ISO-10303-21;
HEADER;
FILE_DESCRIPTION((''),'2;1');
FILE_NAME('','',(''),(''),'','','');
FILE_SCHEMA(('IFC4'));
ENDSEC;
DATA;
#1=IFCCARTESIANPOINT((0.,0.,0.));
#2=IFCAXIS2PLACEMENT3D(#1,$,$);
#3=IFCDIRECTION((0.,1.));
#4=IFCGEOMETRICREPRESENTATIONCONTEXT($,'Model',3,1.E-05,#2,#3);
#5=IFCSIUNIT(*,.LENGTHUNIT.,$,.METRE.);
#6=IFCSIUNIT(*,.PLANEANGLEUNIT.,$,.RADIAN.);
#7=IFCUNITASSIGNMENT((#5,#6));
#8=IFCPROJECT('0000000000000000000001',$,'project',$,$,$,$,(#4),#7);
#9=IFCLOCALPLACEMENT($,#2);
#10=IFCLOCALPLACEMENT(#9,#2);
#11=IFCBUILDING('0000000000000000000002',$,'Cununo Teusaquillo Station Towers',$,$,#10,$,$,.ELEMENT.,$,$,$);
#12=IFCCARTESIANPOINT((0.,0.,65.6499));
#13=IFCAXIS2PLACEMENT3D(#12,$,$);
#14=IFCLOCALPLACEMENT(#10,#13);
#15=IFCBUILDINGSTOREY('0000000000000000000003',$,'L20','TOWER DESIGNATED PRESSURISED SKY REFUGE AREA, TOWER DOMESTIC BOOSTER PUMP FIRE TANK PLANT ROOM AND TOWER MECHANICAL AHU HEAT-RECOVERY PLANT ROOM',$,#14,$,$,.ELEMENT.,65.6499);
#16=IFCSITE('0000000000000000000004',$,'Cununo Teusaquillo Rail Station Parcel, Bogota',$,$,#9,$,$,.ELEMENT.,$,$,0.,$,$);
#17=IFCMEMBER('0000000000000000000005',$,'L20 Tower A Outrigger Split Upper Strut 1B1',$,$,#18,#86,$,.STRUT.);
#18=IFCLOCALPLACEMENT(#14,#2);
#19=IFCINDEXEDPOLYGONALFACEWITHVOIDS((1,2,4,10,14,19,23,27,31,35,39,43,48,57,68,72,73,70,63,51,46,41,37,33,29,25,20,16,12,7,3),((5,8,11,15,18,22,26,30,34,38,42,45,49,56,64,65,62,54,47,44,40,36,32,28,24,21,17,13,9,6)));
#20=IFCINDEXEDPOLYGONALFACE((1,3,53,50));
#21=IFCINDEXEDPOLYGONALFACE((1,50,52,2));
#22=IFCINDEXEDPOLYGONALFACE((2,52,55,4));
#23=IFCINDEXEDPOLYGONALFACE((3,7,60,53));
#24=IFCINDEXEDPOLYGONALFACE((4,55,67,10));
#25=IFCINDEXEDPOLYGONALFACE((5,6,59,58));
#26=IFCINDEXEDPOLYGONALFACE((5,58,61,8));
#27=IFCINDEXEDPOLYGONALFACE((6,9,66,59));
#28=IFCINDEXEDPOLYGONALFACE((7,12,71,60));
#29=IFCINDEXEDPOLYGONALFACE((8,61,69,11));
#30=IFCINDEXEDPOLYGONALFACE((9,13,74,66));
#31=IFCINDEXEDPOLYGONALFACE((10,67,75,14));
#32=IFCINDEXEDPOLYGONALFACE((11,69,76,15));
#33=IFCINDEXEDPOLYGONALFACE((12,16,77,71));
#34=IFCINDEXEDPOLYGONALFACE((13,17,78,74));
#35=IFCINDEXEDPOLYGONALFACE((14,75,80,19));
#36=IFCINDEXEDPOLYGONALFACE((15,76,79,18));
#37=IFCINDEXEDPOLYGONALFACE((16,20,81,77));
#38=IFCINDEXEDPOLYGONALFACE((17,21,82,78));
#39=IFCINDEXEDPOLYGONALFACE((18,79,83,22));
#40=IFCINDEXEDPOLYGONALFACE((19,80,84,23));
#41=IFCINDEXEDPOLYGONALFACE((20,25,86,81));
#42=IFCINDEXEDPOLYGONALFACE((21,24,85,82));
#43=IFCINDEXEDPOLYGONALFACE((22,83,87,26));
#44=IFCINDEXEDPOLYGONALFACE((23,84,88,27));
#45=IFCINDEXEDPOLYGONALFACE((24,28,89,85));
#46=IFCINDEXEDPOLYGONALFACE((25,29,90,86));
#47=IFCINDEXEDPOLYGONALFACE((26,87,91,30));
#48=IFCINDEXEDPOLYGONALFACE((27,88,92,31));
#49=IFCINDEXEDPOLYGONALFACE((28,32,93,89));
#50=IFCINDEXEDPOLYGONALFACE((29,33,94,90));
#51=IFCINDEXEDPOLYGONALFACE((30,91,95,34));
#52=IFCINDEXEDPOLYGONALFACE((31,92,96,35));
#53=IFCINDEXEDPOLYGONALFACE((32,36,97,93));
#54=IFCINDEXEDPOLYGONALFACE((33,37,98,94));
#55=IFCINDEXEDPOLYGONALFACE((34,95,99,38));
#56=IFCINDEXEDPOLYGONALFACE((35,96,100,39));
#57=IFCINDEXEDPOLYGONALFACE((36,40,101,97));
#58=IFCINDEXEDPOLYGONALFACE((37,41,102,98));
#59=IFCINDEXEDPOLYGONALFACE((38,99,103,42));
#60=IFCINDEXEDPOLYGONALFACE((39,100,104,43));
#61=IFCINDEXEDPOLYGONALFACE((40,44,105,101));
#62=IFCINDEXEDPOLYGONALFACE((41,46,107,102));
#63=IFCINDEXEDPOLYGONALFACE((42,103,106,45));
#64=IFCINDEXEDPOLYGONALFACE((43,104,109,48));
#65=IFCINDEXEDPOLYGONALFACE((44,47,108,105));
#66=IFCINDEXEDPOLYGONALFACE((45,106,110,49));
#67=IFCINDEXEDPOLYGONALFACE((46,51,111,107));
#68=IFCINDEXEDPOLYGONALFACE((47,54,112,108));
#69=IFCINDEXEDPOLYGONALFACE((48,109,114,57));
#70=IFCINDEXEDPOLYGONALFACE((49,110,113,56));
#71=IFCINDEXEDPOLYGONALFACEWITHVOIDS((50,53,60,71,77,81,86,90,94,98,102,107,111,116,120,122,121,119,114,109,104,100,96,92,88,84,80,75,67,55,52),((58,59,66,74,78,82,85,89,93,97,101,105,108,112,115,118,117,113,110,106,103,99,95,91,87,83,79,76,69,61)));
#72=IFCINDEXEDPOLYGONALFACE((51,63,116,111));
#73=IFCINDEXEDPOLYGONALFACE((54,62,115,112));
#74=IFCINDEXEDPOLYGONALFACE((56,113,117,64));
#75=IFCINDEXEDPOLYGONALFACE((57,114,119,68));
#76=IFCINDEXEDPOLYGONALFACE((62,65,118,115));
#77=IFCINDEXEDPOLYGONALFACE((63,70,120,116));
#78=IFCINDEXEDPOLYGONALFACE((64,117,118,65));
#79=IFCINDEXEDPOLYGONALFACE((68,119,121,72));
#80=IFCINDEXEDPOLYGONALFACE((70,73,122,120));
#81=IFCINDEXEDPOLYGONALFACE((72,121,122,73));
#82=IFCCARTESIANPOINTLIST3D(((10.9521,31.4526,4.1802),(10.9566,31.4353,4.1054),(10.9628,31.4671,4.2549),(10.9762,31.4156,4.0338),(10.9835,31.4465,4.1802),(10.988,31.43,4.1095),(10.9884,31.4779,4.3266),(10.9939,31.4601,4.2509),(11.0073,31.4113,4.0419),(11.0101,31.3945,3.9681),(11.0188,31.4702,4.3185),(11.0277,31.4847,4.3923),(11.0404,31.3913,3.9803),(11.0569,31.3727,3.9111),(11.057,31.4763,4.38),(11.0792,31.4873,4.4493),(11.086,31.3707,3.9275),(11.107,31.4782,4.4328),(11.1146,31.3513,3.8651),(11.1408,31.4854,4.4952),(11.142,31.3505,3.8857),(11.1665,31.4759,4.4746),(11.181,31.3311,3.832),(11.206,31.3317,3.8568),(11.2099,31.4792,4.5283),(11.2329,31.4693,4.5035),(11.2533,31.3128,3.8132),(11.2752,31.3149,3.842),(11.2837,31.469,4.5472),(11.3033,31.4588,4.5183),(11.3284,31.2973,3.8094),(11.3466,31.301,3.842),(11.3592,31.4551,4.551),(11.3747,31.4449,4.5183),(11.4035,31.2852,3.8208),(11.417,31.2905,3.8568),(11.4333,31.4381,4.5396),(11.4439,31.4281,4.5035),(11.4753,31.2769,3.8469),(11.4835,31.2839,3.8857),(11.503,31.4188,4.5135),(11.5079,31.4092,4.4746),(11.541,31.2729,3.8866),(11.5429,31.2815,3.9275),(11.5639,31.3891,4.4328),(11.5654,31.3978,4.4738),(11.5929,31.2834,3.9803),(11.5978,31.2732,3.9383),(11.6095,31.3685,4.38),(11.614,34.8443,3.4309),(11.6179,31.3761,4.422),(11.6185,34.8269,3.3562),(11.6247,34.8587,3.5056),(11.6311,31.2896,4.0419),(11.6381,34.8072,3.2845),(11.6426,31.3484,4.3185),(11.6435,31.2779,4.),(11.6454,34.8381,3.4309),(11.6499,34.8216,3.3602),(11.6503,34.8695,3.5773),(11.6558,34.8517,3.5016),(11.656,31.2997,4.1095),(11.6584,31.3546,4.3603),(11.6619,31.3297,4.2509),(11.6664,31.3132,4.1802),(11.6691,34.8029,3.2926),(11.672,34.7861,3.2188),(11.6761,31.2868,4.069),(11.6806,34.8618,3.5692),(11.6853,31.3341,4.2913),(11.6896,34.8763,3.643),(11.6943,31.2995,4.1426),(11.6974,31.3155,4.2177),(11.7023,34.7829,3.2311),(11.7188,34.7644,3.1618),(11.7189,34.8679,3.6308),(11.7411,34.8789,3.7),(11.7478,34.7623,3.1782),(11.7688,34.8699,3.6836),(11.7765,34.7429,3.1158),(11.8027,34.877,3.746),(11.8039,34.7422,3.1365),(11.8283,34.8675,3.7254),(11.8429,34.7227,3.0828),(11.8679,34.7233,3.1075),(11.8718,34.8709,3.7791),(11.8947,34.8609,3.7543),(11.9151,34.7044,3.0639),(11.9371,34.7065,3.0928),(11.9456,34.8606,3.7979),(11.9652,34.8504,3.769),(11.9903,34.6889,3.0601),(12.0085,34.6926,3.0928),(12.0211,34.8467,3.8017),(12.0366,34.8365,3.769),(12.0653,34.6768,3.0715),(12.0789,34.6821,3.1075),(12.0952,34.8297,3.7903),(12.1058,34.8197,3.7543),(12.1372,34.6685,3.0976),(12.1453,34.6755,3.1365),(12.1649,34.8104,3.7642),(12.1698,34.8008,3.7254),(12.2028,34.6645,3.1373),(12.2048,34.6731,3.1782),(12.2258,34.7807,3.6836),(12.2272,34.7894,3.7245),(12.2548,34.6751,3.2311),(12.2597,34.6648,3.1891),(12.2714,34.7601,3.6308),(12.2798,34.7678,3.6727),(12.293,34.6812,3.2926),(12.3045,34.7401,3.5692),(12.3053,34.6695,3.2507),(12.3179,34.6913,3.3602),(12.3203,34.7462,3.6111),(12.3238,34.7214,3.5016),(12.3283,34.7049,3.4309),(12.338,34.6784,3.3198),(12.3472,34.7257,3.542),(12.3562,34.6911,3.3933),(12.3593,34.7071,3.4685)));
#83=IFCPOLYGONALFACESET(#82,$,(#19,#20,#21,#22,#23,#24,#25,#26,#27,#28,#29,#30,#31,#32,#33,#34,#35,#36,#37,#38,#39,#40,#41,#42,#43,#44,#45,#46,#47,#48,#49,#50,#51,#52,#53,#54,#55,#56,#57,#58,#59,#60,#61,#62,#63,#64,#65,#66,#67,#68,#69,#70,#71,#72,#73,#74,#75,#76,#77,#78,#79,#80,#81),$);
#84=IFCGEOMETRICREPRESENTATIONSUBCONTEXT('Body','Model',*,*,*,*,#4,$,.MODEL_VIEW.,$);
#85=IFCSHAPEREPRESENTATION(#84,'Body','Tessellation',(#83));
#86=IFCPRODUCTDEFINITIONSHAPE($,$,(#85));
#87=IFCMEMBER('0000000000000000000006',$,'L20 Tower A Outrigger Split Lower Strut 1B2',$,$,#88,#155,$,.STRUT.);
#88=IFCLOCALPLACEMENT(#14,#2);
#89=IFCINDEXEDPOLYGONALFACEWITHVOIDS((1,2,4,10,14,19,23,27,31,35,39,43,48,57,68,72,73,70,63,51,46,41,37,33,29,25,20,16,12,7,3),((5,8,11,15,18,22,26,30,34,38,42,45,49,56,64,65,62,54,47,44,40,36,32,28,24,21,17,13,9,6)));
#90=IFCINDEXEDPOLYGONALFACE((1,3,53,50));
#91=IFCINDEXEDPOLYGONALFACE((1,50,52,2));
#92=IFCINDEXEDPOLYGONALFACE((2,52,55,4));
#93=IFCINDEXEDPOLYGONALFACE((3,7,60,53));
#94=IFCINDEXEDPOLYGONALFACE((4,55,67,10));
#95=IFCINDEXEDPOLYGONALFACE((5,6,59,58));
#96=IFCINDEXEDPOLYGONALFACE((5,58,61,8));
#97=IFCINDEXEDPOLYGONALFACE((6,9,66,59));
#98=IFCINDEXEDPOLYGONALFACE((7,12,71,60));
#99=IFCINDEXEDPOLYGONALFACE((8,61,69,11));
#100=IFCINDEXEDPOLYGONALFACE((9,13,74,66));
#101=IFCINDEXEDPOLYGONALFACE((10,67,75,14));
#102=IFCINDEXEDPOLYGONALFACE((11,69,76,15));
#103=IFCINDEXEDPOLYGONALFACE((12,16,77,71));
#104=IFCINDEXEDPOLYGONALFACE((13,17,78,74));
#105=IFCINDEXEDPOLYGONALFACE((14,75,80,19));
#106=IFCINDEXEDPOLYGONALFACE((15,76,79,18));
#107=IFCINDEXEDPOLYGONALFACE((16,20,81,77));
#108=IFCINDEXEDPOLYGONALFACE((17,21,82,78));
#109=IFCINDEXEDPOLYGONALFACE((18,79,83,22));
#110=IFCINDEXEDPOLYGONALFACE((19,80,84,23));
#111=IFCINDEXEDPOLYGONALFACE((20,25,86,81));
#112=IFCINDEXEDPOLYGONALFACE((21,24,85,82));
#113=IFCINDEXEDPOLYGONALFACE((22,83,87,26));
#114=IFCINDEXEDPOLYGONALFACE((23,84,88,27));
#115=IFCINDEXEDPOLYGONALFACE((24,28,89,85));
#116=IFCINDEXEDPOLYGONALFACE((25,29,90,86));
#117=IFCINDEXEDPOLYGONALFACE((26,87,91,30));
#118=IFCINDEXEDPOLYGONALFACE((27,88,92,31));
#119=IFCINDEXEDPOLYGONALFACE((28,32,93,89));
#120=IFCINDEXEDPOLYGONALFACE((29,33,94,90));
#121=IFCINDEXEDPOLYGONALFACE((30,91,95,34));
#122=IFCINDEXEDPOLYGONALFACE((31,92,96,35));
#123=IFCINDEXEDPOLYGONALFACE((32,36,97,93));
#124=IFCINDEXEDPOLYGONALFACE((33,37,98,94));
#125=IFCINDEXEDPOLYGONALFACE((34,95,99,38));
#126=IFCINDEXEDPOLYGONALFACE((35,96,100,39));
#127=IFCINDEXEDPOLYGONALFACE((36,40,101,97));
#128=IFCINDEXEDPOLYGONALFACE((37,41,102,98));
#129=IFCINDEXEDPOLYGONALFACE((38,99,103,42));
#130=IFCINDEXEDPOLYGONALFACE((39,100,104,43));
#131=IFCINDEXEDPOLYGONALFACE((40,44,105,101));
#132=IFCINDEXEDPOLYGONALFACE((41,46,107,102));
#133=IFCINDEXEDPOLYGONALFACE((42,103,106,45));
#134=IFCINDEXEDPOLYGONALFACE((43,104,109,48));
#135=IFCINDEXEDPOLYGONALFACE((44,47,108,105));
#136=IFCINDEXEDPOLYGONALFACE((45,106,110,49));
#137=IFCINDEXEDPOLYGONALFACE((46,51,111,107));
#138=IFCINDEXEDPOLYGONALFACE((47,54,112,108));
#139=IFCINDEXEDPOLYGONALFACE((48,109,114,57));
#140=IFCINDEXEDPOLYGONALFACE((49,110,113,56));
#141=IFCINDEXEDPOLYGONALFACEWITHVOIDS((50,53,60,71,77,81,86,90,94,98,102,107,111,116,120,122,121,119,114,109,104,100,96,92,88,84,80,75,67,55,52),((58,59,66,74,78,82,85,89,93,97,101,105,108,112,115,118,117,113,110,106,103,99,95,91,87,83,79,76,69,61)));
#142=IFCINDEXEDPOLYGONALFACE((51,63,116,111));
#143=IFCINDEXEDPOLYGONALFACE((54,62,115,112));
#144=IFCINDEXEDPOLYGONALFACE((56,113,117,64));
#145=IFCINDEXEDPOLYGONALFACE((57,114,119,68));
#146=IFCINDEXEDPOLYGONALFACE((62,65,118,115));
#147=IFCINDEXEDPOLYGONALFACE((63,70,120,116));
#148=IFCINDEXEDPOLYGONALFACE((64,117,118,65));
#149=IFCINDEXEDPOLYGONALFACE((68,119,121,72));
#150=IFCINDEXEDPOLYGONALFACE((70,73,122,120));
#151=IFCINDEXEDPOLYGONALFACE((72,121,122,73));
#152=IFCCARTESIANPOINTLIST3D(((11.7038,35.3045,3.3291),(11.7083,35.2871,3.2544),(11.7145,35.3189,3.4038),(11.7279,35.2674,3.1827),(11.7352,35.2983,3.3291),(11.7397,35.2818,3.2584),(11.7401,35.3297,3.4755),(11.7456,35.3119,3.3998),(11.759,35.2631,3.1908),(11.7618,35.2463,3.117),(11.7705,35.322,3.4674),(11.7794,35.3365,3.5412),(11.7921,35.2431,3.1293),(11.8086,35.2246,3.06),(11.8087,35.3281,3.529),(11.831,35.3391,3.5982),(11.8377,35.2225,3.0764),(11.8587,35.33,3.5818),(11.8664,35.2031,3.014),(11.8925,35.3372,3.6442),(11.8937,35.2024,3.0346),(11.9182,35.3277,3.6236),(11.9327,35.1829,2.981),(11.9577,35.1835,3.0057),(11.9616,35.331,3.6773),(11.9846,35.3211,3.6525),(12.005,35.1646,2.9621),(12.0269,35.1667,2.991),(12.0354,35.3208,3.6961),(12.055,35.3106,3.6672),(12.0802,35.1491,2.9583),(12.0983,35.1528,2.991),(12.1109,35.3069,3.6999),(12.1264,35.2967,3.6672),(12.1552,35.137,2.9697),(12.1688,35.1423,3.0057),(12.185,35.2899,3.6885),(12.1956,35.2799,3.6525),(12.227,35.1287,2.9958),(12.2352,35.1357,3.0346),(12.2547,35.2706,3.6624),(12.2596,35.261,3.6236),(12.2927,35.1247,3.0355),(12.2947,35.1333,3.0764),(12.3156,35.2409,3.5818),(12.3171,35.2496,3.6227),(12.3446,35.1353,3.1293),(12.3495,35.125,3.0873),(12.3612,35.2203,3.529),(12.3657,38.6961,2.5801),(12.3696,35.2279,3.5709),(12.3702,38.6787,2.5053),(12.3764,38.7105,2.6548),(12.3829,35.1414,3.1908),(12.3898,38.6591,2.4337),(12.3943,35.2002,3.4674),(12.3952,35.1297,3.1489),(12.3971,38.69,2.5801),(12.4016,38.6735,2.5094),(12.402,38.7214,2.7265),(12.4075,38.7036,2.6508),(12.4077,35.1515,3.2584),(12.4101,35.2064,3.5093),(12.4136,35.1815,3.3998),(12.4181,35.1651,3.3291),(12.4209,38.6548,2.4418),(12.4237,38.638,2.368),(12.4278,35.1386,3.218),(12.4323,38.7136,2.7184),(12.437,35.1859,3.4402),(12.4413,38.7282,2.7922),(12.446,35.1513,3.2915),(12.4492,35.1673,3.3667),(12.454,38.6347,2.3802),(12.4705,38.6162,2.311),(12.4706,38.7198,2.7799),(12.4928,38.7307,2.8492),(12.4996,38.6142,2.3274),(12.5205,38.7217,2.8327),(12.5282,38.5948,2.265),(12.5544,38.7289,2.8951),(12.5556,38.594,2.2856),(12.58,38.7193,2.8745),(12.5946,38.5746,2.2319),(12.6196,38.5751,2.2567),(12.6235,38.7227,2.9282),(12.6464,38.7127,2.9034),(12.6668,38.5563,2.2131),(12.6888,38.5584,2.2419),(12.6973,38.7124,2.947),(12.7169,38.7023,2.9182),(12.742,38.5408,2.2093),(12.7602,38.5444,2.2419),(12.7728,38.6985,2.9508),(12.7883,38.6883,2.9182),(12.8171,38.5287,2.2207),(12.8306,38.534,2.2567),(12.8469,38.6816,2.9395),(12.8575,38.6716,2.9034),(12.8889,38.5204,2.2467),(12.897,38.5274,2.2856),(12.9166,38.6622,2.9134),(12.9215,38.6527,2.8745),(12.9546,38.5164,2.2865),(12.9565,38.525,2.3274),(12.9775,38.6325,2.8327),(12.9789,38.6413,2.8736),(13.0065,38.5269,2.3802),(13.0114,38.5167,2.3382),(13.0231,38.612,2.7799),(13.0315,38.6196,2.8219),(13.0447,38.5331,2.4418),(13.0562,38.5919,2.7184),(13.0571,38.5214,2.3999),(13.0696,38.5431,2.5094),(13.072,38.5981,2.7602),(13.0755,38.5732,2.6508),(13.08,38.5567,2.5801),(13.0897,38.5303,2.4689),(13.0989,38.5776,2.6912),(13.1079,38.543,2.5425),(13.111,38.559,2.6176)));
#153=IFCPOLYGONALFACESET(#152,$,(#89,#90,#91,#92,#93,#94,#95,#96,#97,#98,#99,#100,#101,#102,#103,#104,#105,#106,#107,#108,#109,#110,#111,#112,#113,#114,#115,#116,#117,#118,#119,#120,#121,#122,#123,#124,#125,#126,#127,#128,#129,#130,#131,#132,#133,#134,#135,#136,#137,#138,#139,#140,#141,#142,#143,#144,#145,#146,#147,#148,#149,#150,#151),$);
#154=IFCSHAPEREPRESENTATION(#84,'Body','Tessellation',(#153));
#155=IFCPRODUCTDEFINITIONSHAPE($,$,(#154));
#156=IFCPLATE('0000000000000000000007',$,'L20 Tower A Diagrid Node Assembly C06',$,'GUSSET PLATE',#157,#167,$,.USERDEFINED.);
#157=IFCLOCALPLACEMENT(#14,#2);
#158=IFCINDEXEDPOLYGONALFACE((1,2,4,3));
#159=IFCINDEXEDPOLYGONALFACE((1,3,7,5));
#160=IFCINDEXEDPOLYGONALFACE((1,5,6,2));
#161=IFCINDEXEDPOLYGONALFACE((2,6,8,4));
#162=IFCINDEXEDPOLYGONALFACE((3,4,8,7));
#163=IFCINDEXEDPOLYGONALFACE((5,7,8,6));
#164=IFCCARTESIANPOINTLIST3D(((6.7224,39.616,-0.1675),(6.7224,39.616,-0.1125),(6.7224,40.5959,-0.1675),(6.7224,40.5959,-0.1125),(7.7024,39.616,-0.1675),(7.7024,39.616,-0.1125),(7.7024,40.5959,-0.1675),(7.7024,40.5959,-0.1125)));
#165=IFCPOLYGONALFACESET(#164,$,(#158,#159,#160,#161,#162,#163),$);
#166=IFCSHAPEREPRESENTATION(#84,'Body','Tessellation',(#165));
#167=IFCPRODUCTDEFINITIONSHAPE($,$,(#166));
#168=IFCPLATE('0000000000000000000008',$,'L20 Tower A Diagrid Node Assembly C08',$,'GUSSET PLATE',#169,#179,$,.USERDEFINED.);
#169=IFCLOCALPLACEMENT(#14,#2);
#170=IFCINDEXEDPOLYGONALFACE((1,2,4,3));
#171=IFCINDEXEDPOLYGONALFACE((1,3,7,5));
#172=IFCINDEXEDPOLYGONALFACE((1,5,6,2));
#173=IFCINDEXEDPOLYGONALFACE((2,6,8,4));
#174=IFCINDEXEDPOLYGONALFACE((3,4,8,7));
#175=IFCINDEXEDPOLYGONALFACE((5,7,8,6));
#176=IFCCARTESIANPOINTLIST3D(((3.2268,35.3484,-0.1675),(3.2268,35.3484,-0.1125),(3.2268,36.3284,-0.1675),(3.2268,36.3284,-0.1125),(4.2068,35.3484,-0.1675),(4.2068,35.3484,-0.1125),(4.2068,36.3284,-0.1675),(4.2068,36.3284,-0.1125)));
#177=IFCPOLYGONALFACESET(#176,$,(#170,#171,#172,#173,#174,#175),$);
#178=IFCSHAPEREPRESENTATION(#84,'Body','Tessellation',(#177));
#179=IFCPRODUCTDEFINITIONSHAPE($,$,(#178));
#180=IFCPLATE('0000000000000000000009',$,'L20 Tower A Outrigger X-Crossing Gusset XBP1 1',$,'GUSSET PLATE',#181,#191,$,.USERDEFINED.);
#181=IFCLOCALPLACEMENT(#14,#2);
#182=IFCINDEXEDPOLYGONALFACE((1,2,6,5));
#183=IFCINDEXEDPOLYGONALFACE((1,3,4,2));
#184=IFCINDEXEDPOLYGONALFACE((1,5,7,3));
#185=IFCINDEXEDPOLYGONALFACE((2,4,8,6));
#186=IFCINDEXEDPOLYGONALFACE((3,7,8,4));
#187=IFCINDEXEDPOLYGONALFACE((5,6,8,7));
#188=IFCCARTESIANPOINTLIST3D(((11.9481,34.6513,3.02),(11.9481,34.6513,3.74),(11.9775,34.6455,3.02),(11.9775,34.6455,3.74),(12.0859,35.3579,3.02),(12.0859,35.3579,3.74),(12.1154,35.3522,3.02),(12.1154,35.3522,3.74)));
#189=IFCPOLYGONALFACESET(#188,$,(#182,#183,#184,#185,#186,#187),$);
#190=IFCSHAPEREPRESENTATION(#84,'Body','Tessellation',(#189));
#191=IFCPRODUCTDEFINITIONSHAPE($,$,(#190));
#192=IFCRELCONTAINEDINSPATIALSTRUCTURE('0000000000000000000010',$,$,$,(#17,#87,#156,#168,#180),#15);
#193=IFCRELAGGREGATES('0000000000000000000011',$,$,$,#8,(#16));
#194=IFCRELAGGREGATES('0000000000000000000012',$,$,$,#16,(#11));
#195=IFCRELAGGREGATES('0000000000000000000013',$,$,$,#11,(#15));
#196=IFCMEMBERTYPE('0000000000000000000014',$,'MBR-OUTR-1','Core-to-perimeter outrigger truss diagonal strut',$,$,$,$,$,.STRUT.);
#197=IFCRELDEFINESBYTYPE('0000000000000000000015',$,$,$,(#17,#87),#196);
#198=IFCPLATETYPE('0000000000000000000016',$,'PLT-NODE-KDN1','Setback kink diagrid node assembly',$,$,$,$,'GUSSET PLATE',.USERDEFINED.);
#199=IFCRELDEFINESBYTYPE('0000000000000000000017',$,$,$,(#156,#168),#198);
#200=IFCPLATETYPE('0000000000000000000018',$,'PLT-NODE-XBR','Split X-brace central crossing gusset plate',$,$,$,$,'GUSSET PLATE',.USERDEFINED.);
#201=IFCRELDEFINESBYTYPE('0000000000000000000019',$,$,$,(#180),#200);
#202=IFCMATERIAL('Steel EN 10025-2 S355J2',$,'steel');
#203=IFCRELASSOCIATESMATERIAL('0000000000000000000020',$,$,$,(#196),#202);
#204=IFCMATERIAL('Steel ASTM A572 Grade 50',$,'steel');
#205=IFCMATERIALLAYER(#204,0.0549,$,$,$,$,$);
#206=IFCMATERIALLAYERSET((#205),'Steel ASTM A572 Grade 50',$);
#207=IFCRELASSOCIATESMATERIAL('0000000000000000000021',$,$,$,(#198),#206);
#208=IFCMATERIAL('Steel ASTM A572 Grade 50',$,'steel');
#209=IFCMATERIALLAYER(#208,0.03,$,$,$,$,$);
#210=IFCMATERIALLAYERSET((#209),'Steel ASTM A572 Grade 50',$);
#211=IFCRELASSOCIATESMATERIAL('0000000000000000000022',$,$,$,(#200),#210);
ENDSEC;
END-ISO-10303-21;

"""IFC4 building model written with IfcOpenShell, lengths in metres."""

from ifc_helpers import new_model, si_unit, direction, frame, origin, origin_2d, place, context, subcontext, project, spatial, rectangle, hollow_circle, extrude, source, transform, mapped, material, layer, layer_set, material_profile, profile_set, type_object, element, save


model = new_model("IFC4")

# Units and contexts
model_context = context("Model", 3, precision=1e-05, world=origin(), true_north=direction((0.0, 1.0)))
body_context = subcontext(model_context, "Body", "Model", "MODEL_VIEW")
ifc_project = project(units=[si_unit("LENGTHUNIT", "METRE"), si_unit("PLANEANGLEUNIT", "RADIAN")], contexts=[model_context])

# Site, building, storey
site_placement = place(None, origin())
site = spatial("IfcSite", under=ifc_project, at=site_placement, Name="Cununo Teusaquillo Rail Station Parcel, Bogota", CompositionType="ELEMENT", RefElevation=0.0)
building_placement = place(site_placement, origin())
building = spatial("IfcBuilding", under=site, at=building_placement, Name="Cununo Teusaquillo Station Towers", CompositionType="ELEMENT")
storey_placement = place(building_placement, frame((0.0, 0.0, 65.6499)))
storey = spatial("IfcBuildingStorey", under=building, at=storey_placement, Name="L20", Description="TOWER DESIGNATED PRESSURISED SKY REFUGE AREA, TOWER DOMESTIC BOOSTER PUMP FIRE TANK PLANT ROOM AND TOWER MECHANICAL AHU HEAT-RECOVERY PLANT ROOM", CompositionType="ELEMENT", Elevation=65.6499)

# Members
ifc_material_1 = material(Name="Steel EN 10025-2 S355J2", Category="steel")
ifc_material_profile_1 = material_profile(ifc_material_1, hollow_circle(Radius=0.3799, WallThickness=0.032, at=origin_2d()), Name="CHS 760x32")
ifc_profile_set_1 = profile_set([ifc_material_profile_1], Name="Steel EN 10025-2 S355J2")
member_type_1 = type_object("IfcMemberType", Name="MBR-OUTR-1", Description="Core-to-perimeter outrigger truss diagonal strut", PredefinedType="STRUT", material=ifc_profile_set_1)
for number, where, z_axis, x_axis, name in (
    (1, (11.325, 31.3799, 4.1802), (0.187186, 0.959197, -0.211904), (-0.981486, 0.191535, 0.0), "L20 Tower A Outrigger Split Upper Strut 1B1"),
    (2, (12.0767, 35.2317, 3.3291), (0.187188, 0.959211, -0.211838), (-0.981486, 0.191535, 0.0), "L20 Tower A Outrigger Split Lower Strut 1B2"),
):
    element("IfcMember", number, at=place(storey_placement, frame(where, z_axis=z_axis, x_axis=x_axis)), inside=storey, type_object=member_type_1, Name=name, PredefinedType="STRUT", context=body_context, shape_type="SweptSolid", body=[
        extrude(hollow_circle(Radius=0.3799, WallThickness=0.032, at=origin_2d()), origin(), (0.0, 0.0, 1.0), 3.5359),
    ])

# Plates
ifc_material_2 = material(Name="Steel ASTM A572 Grade 50", Category="steel")
ifc_layer_1 = layer(ifc_material_2, 0.0549)
ifc_layer_set_1 = layer_set([ifc_layer_1], Name="Steel ASTM A572 Grade 50")
plate_type_1 = type_object("IfcPlateType", Name="PLT-NODE-KDN1", Description="Setback kink diagrid node assembly", ElementType="GUSSET PLATE", PredefinedType="USERDEFINED", material=ifc_layer_set_1)
shared_shape_1 = source(origin(), body_context, "Body", "SweptSolid", [
    extrude(rectangle(XDim=0.98, YDim=0.98, at=origin_2d()), origin(), (0.0, 0.0, 1.0), 0.0549),
])
for number, where, z_axis, x_axis, name in (
    (3, (7.2124, 40.106, -0.1675), (0.0, 0.0, 1.0), (1.0, 0.0, 0.0), "L20 Tower A Diagrid Node Assembly C06"),
    (4, (3.7168, 35.8384, -0.1675), (0.0, 0.0, 1.0), (1.0, 0.0, 0.0), "L20 Tower A Diagrid Node Assembly C08"),
):
    element("IfcPlate", number, at=place(storey_placement, frame(where, z_axis=z_axis, x_axis=x_axis)), inside=storey, type_object=plate_type_1, Name=name, ObjectType="GUSSET PLATE", PredefinedType="USERDEFINED", context=body_context, shape_type="MappedRepresentation", body=[
        mapped(shared_shape_1, transform((0.0, 0.0, 0.0), x_axis=(1.0, 0.0, 0.0), y_axis=(0.0, 1.0, 0.0), z_axis=(0.0, 0.0, 1.0), scale=1.0)),
    ])
ifc_material_3 = material(Name="Steel ASTM A572 Grade 50", Category="steel")
ifc_layer_2 = layer(ifc_material_3, 0.03)
ifc_layer_set_2 = layer_set([ifc_layer_2], Name="Steel ASTM A572 Grade 50")
plate_type_2 = type_object("IfcPlateType", Name="PLT-NODE-XBR", Description="Split X-brace central crossing gusset plate", ElementType="GUSSET PLATE", PredefinedType="USERDEFINED", material=ifc_layer_set_2)
shared_shape_2 = source(origin(), body_context, "Body", "SweptSolid", [
    extrude(rectangle(XDim=0.72, YDim=0.03, at=origin_2d()), origin(), (0.0, 0.0, 1.0), 0.72),
])
plate_placement = place(storey_placement, frame((12.0317, 35.0017, 3.02), z_axis=(0.0, 0.0, 1.0), x_axis=(0.191494, 0.981494, 0.0)))
element("IfcPlate", 5, at=plate_placement, inside=storey, type_object=plate_type_2, Name="L20 Tower A Outrigger X-Crossing Gusset XBP1 1", ObjectType="GUSSET PLATE", PredefinedType="USERDEFINED", context=body_context, shape_type="MappedRepresentation", body=[
    mapped(shared_shape_2, transform((0.0, 0.0, 0.0), x_axis=(1.0, 0.0, 0.0), y_axis=(0.0, 1.0, 0.0), z_axis=(0.0, 0.0, 1.0), scale=1.0)),
])

save(model, "model.ifc")
